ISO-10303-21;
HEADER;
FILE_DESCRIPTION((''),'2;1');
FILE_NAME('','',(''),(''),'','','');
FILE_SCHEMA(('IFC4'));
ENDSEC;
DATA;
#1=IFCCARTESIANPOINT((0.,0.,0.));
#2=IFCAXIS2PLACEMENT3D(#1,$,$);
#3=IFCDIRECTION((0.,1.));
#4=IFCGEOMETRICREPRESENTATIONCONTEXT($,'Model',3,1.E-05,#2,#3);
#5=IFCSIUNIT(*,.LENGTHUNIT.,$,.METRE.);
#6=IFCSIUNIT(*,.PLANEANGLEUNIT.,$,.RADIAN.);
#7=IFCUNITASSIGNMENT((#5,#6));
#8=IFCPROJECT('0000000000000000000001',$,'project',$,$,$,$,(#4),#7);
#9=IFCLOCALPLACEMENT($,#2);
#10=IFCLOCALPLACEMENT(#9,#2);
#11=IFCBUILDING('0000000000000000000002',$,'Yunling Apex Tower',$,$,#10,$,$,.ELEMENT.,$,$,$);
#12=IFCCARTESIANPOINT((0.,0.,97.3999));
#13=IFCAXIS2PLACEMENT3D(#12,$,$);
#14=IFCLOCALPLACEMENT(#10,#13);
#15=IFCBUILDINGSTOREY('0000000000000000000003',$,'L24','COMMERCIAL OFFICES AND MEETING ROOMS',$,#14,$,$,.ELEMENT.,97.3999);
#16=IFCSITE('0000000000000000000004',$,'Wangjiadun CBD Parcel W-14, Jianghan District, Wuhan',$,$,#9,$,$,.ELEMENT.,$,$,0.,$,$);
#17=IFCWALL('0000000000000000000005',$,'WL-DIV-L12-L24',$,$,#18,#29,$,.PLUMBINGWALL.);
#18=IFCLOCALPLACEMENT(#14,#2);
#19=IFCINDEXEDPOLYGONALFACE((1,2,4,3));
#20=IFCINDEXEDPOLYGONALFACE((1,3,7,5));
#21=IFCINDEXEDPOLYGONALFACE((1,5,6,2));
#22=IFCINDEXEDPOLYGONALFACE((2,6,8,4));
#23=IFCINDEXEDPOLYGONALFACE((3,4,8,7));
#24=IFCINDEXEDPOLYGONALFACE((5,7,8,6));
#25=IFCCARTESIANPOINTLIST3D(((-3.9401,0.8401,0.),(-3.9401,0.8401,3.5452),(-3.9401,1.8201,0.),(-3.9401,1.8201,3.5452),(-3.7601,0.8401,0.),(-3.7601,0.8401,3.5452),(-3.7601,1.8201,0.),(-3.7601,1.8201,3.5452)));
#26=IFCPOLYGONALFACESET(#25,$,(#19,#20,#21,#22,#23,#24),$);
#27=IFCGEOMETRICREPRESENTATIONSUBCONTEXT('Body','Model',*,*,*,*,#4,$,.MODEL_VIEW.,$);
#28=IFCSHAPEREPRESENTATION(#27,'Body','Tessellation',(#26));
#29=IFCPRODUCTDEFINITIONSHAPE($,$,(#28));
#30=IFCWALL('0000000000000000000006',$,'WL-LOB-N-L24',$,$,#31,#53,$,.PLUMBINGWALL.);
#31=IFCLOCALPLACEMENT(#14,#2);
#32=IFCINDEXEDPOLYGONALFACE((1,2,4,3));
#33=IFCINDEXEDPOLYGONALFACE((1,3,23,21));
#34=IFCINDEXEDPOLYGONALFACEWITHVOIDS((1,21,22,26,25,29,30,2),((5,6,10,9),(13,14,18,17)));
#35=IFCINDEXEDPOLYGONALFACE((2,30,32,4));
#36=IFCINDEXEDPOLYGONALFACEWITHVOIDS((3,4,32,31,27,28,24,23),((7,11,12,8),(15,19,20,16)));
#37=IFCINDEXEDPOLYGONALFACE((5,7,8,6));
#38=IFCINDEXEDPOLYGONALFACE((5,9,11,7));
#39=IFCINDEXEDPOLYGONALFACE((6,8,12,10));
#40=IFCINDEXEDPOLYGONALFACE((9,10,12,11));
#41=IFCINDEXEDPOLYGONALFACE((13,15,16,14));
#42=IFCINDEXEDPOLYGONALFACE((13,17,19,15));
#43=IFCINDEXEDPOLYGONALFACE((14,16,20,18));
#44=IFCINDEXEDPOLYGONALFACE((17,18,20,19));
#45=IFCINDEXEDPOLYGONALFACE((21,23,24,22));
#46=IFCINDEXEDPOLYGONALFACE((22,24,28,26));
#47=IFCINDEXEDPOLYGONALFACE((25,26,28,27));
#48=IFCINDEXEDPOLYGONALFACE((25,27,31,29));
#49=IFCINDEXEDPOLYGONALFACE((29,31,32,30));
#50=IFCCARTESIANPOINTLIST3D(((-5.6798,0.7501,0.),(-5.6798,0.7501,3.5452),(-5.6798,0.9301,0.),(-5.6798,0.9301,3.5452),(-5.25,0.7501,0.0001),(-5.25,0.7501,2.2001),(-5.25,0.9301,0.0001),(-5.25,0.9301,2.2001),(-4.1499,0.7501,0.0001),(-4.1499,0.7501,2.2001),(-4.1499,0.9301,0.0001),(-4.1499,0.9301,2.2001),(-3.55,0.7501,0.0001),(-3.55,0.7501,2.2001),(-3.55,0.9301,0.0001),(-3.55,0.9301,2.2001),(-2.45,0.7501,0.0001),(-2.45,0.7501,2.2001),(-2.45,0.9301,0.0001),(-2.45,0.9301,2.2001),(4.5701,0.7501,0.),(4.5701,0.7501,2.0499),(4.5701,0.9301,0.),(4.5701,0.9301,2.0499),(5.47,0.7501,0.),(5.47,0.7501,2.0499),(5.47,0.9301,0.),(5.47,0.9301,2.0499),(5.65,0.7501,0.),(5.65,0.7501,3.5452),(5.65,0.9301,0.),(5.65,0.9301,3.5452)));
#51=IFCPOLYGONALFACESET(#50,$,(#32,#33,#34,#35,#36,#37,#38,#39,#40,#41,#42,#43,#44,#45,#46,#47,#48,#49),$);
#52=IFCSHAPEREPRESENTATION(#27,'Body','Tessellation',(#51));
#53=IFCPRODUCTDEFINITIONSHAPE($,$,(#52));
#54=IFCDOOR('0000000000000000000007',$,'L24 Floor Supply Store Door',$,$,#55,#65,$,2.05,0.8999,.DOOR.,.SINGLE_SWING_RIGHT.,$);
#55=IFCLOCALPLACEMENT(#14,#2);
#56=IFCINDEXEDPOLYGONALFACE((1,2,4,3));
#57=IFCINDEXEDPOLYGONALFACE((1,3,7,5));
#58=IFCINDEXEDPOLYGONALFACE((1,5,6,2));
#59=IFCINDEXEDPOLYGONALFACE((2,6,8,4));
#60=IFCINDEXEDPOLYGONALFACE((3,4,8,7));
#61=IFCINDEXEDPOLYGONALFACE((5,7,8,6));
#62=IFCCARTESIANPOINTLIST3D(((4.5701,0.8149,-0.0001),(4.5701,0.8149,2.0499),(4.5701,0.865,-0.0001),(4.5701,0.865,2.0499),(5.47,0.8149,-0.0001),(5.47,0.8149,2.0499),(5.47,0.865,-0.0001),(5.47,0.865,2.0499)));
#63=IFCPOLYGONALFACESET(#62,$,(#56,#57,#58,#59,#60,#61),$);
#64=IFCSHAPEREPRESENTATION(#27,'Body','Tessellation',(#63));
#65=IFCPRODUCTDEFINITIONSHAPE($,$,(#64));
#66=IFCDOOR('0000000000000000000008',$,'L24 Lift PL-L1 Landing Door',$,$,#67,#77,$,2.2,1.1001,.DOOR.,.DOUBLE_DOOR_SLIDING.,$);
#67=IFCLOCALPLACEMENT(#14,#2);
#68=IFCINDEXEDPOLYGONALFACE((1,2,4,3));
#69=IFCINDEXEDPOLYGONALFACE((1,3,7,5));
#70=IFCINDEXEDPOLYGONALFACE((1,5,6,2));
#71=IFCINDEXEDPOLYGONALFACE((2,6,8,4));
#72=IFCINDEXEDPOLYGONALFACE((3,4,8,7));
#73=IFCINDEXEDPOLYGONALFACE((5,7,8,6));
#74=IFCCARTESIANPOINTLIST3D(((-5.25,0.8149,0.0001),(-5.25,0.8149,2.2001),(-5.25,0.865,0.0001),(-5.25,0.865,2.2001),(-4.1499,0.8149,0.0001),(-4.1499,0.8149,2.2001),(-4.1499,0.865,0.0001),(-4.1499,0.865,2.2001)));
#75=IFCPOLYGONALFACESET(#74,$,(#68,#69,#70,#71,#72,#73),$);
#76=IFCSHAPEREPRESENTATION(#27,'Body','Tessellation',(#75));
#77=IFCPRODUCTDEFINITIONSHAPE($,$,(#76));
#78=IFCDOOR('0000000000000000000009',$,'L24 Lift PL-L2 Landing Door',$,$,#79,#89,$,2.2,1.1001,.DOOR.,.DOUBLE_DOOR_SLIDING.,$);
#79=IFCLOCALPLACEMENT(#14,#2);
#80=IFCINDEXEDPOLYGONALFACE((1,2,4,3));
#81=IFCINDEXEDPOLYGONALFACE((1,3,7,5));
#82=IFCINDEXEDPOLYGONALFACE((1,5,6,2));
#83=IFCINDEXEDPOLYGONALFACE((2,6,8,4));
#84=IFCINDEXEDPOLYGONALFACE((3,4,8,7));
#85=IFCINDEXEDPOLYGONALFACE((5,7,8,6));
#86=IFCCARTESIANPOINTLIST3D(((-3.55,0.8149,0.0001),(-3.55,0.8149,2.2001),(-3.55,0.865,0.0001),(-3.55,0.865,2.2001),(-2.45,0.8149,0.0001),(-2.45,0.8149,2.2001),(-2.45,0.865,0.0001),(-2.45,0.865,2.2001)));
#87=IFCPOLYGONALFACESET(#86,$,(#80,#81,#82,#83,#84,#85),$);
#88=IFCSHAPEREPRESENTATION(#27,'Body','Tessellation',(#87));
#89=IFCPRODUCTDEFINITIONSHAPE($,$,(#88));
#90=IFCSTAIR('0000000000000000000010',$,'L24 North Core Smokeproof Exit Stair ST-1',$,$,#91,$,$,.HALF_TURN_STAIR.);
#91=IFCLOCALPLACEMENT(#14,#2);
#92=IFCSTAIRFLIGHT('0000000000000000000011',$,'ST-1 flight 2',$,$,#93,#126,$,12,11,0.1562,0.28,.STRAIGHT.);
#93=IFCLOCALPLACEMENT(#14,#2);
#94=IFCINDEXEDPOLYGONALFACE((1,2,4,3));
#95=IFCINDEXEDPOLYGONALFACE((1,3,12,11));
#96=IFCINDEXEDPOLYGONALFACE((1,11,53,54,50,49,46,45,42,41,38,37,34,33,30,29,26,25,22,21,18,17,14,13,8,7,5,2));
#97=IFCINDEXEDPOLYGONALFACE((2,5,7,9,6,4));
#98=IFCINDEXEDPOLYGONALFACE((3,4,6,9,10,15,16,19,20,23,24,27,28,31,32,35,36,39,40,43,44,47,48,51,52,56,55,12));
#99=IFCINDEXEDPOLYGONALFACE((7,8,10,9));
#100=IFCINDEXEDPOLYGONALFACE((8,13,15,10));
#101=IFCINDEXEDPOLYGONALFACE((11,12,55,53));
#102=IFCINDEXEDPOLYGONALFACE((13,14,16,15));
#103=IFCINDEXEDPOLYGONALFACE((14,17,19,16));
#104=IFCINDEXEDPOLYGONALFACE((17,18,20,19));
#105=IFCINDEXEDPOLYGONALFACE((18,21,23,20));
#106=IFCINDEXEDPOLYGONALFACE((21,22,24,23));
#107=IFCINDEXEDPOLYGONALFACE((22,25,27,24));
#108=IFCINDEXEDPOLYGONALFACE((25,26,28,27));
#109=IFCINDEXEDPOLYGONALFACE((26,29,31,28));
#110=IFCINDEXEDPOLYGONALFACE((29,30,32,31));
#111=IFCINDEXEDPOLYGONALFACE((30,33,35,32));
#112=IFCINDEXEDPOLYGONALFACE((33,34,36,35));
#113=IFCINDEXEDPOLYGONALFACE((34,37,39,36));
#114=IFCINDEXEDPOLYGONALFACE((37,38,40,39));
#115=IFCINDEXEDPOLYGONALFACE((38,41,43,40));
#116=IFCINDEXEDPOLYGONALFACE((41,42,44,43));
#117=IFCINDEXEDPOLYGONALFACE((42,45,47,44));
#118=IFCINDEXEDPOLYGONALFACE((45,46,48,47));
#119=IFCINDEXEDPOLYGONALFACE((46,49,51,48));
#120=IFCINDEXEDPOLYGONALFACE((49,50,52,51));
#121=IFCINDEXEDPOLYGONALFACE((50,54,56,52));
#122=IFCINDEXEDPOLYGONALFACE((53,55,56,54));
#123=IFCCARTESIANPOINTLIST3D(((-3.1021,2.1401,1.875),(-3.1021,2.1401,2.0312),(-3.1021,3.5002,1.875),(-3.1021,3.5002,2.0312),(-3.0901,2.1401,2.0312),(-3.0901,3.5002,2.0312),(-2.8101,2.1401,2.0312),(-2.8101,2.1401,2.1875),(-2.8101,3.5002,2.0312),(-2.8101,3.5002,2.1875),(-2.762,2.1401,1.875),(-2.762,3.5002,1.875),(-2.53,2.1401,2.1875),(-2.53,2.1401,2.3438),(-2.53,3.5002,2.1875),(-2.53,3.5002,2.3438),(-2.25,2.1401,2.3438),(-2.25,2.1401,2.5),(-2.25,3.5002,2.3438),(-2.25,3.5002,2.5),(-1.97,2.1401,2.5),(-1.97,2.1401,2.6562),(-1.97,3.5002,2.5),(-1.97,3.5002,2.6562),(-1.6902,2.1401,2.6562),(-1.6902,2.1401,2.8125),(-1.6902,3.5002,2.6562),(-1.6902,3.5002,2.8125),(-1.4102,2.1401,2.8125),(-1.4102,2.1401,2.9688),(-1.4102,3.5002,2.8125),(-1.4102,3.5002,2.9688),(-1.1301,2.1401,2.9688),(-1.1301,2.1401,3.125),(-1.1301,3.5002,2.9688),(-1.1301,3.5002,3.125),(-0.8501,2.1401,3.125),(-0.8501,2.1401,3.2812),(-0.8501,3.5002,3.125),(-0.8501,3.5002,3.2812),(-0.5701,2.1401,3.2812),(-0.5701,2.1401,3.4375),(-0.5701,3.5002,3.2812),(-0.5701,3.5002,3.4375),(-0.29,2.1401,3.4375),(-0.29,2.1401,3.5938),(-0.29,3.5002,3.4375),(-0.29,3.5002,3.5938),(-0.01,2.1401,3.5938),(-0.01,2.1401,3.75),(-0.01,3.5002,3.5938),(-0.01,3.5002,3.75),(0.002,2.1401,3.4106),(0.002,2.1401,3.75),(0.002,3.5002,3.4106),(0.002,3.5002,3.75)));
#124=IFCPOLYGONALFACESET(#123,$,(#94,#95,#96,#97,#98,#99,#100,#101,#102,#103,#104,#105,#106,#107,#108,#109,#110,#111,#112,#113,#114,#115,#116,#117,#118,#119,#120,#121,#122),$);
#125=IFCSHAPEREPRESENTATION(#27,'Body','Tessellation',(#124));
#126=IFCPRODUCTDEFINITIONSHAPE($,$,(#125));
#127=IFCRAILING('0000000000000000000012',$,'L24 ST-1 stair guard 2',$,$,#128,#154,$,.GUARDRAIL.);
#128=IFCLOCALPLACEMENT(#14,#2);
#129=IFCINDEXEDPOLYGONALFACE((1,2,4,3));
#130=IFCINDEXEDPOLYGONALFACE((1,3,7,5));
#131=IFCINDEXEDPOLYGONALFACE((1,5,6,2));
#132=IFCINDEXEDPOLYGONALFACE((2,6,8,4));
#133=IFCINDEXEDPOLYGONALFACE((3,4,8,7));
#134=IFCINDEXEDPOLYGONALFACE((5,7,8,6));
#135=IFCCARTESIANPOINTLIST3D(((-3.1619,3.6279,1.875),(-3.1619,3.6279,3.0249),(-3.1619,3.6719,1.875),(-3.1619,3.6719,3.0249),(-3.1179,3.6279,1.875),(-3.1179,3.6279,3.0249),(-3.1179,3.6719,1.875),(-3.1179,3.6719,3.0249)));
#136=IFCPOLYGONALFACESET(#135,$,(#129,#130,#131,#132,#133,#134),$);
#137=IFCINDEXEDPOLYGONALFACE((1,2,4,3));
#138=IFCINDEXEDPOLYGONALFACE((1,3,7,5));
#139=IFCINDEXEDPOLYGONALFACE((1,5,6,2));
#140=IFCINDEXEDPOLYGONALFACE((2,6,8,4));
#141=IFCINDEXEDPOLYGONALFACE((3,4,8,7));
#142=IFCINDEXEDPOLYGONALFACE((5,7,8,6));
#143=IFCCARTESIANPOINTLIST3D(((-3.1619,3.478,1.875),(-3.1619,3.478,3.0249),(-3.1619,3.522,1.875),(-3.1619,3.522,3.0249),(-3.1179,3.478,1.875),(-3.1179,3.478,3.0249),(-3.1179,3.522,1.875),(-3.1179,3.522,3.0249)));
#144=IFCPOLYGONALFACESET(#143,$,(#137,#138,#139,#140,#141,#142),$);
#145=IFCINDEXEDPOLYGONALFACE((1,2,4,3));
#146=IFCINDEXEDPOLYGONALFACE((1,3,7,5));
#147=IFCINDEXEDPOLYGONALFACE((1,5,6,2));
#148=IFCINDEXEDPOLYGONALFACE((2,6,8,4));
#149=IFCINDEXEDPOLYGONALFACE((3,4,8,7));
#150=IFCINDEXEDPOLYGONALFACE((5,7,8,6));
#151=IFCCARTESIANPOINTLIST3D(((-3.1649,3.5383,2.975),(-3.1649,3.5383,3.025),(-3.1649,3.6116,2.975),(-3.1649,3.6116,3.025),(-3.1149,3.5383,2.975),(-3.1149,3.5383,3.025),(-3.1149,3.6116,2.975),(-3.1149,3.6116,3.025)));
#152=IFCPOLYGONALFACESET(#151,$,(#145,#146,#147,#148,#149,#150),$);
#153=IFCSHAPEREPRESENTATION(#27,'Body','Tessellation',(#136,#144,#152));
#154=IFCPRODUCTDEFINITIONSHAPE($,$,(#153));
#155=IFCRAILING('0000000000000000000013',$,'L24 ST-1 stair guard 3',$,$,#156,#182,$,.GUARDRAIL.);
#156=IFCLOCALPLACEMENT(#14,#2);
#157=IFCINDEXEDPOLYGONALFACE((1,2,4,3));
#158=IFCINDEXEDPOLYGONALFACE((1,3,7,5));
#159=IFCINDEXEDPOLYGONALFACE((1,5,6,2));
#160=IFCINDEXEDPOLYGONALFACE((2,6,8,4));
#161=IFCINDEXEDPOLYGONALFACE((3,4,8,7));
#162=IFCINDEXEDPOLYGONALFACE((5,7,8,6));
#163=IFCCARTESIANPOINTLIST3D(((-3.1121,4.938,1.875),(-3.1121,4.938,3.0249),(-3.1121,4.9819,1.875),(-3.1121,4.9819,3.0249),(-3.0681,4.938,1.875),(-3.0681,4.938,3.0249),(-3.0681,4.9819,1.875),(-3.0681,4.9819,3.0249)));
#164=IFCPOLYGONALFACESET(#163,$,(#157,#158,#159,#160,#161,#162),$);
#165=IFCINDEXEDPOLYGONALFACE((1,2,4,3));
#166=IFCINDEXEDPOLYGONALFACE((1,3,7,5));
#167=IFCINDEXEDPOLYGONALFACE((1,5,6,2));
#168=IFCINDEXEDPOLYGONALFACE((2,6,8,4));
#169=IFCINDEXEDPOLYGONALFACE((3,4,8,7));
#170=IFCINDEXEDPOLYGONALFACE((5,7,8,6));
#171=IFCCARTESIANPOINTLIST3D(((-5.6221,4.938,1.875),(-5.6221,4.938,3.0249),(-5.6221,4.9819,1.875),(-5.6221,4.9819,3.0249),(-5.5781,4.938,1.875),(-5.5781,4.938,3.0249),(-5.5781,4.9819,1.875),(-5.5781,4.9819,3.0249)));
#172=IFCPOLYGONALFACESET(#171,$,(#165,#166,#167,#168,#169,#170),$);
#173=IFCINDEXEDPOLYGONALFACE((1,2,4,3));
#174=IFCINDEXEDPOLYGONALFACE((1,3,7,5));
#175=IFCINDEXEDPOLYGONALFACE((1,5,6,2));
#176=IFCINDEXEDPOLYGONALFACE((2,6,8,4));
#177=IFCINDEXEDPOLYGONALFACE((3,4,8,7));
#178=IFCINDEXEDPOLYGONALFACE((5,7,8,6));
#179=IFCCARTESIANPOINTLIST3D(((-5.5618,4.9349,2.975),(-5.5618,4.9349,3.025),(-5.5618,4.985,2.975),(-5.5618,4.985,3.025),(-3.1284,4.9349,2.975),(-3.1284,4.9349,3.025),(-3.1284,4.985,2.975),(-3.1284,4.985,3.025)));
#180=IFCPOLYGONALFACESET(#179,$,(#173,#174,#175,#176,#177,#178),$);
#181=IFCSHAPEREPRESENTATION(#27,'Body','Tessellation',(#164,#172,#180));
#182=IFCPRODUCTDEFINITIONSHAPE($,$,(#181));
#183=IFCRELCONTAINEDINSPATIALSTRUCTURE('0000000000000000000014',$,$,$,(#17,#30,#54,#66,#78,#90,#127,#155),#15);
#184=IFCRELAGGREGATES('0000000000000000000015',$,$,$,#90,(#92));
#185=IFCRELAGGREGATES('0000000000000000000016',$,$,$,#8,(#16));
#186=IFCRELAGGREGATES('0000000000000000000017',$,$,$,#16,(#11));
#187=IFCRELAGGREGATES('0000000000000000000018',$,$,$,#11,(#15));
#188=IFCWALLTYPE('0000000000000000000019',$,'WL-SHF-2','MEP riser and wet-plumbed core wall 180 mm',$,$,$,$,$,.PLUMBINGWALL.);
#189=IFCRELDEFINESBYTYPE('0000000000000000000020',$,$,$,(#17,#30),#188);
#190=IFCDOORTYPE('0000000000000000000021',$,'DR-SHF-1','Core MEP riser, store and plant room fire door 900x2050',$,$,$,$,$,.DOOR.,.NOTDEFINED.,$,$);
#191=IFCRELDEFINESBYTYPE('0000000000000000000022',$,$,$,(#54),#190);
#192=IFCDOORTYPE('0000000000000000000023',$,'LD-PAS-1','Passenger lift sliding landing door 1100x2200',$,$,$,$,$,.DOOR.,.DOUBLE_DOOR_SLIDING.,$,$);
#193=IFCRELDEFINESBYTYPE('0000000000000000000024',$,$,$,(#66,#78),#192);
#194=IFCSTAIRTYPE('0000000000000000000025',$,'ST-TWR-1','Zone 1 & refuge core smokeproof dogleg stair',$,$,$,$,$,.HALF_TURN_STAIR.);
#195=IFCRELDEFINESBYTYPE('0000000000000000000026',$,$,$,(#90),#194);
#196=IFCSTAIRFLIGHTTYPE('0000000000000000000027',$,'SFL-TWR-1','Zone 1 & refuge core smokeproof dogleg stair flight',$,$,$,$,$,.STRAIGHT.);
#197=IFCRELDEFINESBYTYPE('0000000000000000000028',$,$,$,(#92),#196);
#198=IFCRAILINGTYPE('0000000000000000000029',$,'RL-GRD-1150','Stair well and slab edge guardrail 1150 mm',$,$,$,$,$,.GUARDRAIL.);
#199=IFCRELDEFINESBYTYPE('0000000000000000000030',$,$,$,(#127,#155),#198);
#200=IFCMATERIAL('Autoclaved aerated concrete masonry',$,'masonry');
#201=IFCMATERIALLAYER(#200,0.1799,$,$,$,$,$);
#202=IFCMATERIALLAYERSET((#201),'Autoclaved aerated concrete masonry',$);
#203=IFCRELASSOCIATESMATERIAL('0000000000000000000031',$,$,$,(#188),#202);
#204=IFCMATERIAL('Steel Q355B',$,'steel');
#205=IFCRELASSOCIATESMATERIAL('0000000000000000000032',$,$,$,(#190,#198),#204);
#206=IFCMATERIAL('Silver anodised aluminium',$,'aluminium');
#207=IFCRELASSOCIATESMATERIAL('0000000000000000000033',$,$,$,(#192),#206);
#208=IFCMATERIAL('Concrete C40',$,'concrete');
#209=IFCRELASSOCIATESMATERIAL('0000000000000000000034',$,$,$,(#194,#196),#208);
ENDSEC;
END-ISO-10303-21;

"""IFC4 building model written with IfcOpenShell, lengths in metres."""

from ifc_helpers import new_model, si_unit, direction, frame, frame_2d, origin, origin_2d, place, context, subcontext, project, spatial, polyline, rectangle, outline, extrude, material, layer, layer_set, type_object, element, fill, aggregate, save


model = new_model("IFC4")

# Units and contexts
model_context = context("Model", 3, precision=1e-05, world=origin(), true_north=direction((0.0, 1.0)))
body_context = subcontext(model_context, "Body", "Model", "MODEL_VIEW")
ifc_project = project(units=[si_unit("LENGTHUNIT", "METRE"), si_unit("PLANEANGLEUNIT", "RADIAN")], contexts=[model_context])

# Site, building, storey
site_placement = place(None, origin())
site = spatial("IfcSite", under=ifc_project, at=site_placement, Name="Wangjiadun CBD Parcel W-14, Jianghan District, Wuhan", CompositionType="ELEMENT", RefElevation=0.0)
building_placement = place(site_placement, origin())
building = spatial("IfcBuilding", under=site, at=building_placement, Name="Yunling Apex Tower", CompositionType="ELEMENT")
storey_placement = place(building_placement, frame((0.0, 0.0, 97.3999)))
storey = spatial("IfcBuildingStorey", under=building, at=storey_placement, Name="L24", Description="COMMERCIAL OFFICES AND MEETING ROOMS", CompositionType="ELEMENT", Elevation=97.3999)

# Shared definitions
ifc_material_1 = material(Name="Steel Q355B", Category="steel")

# Wall
ifc_material_2 = material(Name="Concrete C40", Category="concrete")
ifc_material_3 = material(Name="Autoclaved aerated concrete masonry", Category="masonry")
ifc_layer_1 = layer(ifc_material_3, 0.1799)
ifc_layer_set_1 = layer_set([ifc_layer_1], Name="Autoclaved aerated concrete masonry")
wall_type_1 = type_object("IfcWallType", Name="WL-SHF-2", Description="MEP riser and wet-plumbed core wall 180 mm", PredefinedType="PLUMBINGWALL", material=ifc_layer_set_1)
wall_1_placement = place(storey_placement, frame((-3.8501, 0.8401, 0.0), z_axis=(0.0, 0.0, 1.0), x_axis=(0.0, 1.0, 0.0)))
element("IfcWall", 1, at=wall_1_placement, inside=storey, type_object=wall_type_1, Name="WL-DIV-L12-L24", PredefinedType="PLUMBINGWALL", context=body_context, shape_type="SweptSolid", body=[
    extrude(rectangle(XDim=0.98, YDim=0.1799, at=frame_2d((0.49, 0.0))), origin(), (0.0, 0.0, 1.0), 3.5452),
])

# Wall, openings, doors
wall_2_placement = place(storey_placement, frame((-5.6799, 0.8401, 0.0), z_axis=(0.0, 0.0, 1.0), x_axis=(1.0, 0.0, 0.0)))
wall_2 = element("IfcWall", 2, at=wall_2_placement, inside=storey, type_object=wall_type_1, Name="WL-LOB-N-L24", PredefinedType="PLUMBINGWALL", context=body_context, shape_type="SweptSolid", body=[
    extrude(rectangle(XDim=11.3298, YDim=0.1799, at=frame_2d((5.665, 0.0))), origin(), (0.0, 0.0, 1.0), 3.5452),
])
opening_1_placement = place(wall_2_placement, frame((0.4299, 0.0, 0.0)))
opening_1 = element("IfcOpeningElement", 3, at=opening_1_placement, cuts=wall_2, PredefinedType="OPENING", context=body_context, shape_type="SweptSolid", body=[
    extrude(rectangle(XDim=1.1001, YDim=2.2, at=frame_2d((0.55, 1.1001))), frame((0.0, 0.1001, 0.0), z_axis=(0.0, -1.0, 0.0), x_axis=(1.0, 0.0, 0.0)), (0.0, 0.0, 1.0), 0.2),
])
opening_2_placement = place(wall_2_placement, frame((2.1299, 0.0, 0.0)))
opening_2 = element("IfcOpeningElement", 4, at=opening_2_placement, cuts=wall_2, PredefinedType="OPENING", context=body_context, shape_type="SweptSolid", body=[
    extrude(rectangle(XDim=1.1001, YDim=2.2, at=frame_2d((0.55, 1.1001))), frame((0.0, 0.1001, 0.0), z_axis=(0.0, -1.0, 0.0), x_axis=(1.0, 0.0, 0.0)), (0.0, 0.0, 1.0), 0.2),
])
opening_3_placement = place(wall_2_placement, frame((10.25, 0.0, 0.0)))
opening_3 = element("IfcOpeningElement", 5, at=opening_3_placement, cuts=wall_2, PredefinedType="OPENING", context=body_context, shape_type="SweptSolid", body=[
    extrude(rectangle(XDim=0.8999, YDim=2.05, at=frame_2d((0.45, 1.0249))), frame((0.0, 0.1001, 0.0), z_axis=(0.0, -1.0, 0.0), x_axis=(1.0, 0.0, 0.0)), (0.0, 0.0, 1.0), 0.2),
])
door_type_1 = type_object("IfcDoorType", Name="DR-SHF-1", Description="Core MEP riser, store and plant room fire door 900x2050", OperationType="NOTDEFINED", PredefinedType="DOOR", material=ifc_material_1)
door_1_placement = place(opening_3_placement, origin())
door_1 = element("IfcDoor", 6, at=door_1_placement, inside=storey, type_object=door_type_1, Name="L24 Floor Supply Store Door", OperationType="SINGLE_SWING_RIGHT", OverallHeight=2.05, OverallWidth=0.8999, PredefinedType="DOOR", context=body_context, shape_type="SweptSolid", body=[
    extrude(rectangle(XDim=0.8999, YDim=2.05, at=frame_2d((0.45, 1.0249))), frame((0.0, 0.0249, 0.0), z_axis=(0.0, -1.0, 0.0), x_axis=(1.0, 0.0, 0.0)), (0.0, 0.0, 1.0), 0.05),
])
fill(opening_3, door_1)
ifc_material_4 = material(Name="Silver anodised aluminium", Category="aluminium")
door_type_2 = type_object("IfcDoorType", Name="LD-PAS-1", Description="Passenger lift sliding landing door 1100x2200", OperationType="DOUBLE_DOOR_SLIDING", PredefinedType="DOOR", material=ifc_material_4)
door_2_placement = place(opening_1_placement, origin())
door_2 = element("IfcDoor", 7, at=door_2_placement, inside=storey, type_object=door_type_2, Name="L24 Lift PL-L1 Landing Door", OperationType="DOUBLE_DOOR_SLIDING", OverallHeight=2.2, OverallWidth=1.1001, PredefinedType="DOOR", context=body_context, shape_type="SweptSolid", body=[
    extrude(rectangle(XDim=1.1001, YDim=2.2, at=frame_2d((0.55, 1.1001))), frame((0.0, 0.0249, 0.0), z_axis=(0.0, -1.0, 0.0), x_axis=(1.0, 0.0, 0.0)), (0.0, 0.0, 1.0), 0.05),
])
fill(opening_1, door_2)
door_3_placement = place(opening_2_placement, origin())
door_3 = element("IfcDoor", 8, at=door_3_placement, inside=storey, type_object=door_type_2, Name="L24 Lift PL-L2 Landing Door", OperationType="DOUBLE_DOOR_SLIDING", OverallHeight=2.2, OverallWidth=1.1001, PredefinedType="DOOR", context=body_context, shape_type="SweptSolid", body=[
    extrude(rectangle(XDim=1.1001, YDim=2.2, at=frame_2d((0.55, 1.1001))), frame((0.0, 0.0249, 0.0), z_axis=(0.0, -1.0, 0.0), x_axis=(1.0, 0.0, 0.0)), (0.0, 0.0, 1.0), 0.05),
])
fill(opening_2, door_3)

# Stair, stair flight
stair_type = type_object("IfcStairType", Name="ST-TWR-1", Description="Zone 1 & refuge core smokeproof dogleg stair", PredefinedType="HALF_TURN_STAIR", material=ifc_material_2)
stair_placement = place(storey_placement, origin())
stair = element("IfcStair", 9, at=stair_placement, inside=storey, type_object=stair_type, Name="L24 North Core Smokeproof Exit Stair ST-1", PredefinedType="HALF_TURN_STAIR")
stair_flight_type = type_object("IfcStairFlightType", Name="SFL-TWR-1", Description="Zone 1 & refuge core smokeproof dogleg stair flight", PredefinedType="STRAIGHT", material=ifc_material_2)
stair_flight_placement = place(storey_placement, frame((-3.0901, 2.8201, 1.875), z_axis=(0.0, 0.0, 1.0), x_axis=(1.0, 0.0, 0.0)))
stair_flight = element("IfcStairFlight", 10, at=stair_flight_placement, type_object=stair_flight_type, Name="ST-1 flight 2", NumberOfRisers=12, NumberOfTreads=11, PredefinedType="STRAIGHT", RiserHeight=0.1562, TreadLength=0.28, context=body_context, shape_type="SweptSolid", body=[
    extrude(outline(polyline([(-0.012, 0.0), (-0.012, 0.1562), (0.0, 0.1562), (0.28, 0.1562), (0.28, 0.3125), (0.5601, 0.3125), (0.5601, 0.4688), (0.8401, 0.4688), (0.8401, 0.625), (1.1201, 0.625), (1.1201, 0.7812), (1.3999, 0.7812), (1.3999, 0.9375), (1.6799, 0.9375), (1.6799, 1.0938), (1.96, 1.0938), (1.96, 1.25), (2.24, 1.25), (2.24, 1.4062), (2.52, 1.4062), (2.52, 1.5625), (2.8, 1.5625), (2.8, 1.7188), (3.0801, 1.7188), (3.0801, 1.875), (3.092, 1.875), (3.092, 1.5356), (0.3281, 0.0), (-0.012, 0.0)])), frame((0.0, 0.6802, 0.0), z_axis=(0.0, -1.0, 0.0), x_axis=(1.0, 0.0, 0.0)), (0.0, 0.0, 1.0), 1.3601),
])
aggregate(stair, [stair_flight])

# Railings
railing_type_1 = type_object("IfcRailingType", Name="RL-GRD-1150", Description="Stair well and slab edge guardrail 1150 mm", PredefinedType="GUARDRAIL", material=ifc_material_1)
railing_1_placement = place(storey_placement, frame((-3.1399, 3.6499, 1.875)))
element("IfcRailing", 11, at=railing_1_placement, inside=storey, type_object=railing_type_1, Name="L24 ST-1 stair guard 2", PredefinedType="GUARDRAIL", context=body_context, shape_type="SweptSolid", body=[
    extrude(rectangle(XDim=0.0439, YDim=0.0439, at=origin_2d()), origin(), (0.0, 0.0, 1.0), 1.1499),
    extrude(rectangle(XDim=0.0439, YDim=0.0439, at=origin_2d()), frame((0.0, -0.1499, 0.0)), (0.0, 0.0, 1.0), 1.1499),
    extrude(rectangle(XDim=0.05, YDim=0.05, at=origin_2d()), frame((0.0, -0.0383, 1.125), z_axis=(0.0, -1.0, 0.0), x_axis=(1.0, 0.0, 0.0)), (0.0, 0.0, 1.0), 0.0732),
])
railing_2_placement = place(storey_placement, frame((-3.0901, 4.96, 1.875)))
element("IfcRailing", 12, at=railing_2_placement, inside=storey, type_object=railing_type_1, Name="L24 ST-1 stair guard 3", PredefinedType="GUARDRAIL", context=body_context, shape_type="SweptSolid", body=[
    extrude(rectangle(XDim=0.0439, YDim=0.0439, at=origin_2d()), origin(), (0.0, 0.0, 1.0), 1.1499),
    extrude(rectangle(XDim=0.0439, YDim=0.0439, at=origin_2d()), frame((-2.51, 0.0, 0.0)), (0.0, 0.0, 1.0), 1.1499),
    extrude(rectangle(XDim=0.05, YDim=0.05, at=origin_2d()), frame((-0.0383, 0.0, 1.125), z_axis=(-1.0, 0.0, 0.0), x_axis=(0.0, -1.0, 0.0)), (0.0, 0.0, 1.0), 2.4333),
])

save(model, "model.ifc")
